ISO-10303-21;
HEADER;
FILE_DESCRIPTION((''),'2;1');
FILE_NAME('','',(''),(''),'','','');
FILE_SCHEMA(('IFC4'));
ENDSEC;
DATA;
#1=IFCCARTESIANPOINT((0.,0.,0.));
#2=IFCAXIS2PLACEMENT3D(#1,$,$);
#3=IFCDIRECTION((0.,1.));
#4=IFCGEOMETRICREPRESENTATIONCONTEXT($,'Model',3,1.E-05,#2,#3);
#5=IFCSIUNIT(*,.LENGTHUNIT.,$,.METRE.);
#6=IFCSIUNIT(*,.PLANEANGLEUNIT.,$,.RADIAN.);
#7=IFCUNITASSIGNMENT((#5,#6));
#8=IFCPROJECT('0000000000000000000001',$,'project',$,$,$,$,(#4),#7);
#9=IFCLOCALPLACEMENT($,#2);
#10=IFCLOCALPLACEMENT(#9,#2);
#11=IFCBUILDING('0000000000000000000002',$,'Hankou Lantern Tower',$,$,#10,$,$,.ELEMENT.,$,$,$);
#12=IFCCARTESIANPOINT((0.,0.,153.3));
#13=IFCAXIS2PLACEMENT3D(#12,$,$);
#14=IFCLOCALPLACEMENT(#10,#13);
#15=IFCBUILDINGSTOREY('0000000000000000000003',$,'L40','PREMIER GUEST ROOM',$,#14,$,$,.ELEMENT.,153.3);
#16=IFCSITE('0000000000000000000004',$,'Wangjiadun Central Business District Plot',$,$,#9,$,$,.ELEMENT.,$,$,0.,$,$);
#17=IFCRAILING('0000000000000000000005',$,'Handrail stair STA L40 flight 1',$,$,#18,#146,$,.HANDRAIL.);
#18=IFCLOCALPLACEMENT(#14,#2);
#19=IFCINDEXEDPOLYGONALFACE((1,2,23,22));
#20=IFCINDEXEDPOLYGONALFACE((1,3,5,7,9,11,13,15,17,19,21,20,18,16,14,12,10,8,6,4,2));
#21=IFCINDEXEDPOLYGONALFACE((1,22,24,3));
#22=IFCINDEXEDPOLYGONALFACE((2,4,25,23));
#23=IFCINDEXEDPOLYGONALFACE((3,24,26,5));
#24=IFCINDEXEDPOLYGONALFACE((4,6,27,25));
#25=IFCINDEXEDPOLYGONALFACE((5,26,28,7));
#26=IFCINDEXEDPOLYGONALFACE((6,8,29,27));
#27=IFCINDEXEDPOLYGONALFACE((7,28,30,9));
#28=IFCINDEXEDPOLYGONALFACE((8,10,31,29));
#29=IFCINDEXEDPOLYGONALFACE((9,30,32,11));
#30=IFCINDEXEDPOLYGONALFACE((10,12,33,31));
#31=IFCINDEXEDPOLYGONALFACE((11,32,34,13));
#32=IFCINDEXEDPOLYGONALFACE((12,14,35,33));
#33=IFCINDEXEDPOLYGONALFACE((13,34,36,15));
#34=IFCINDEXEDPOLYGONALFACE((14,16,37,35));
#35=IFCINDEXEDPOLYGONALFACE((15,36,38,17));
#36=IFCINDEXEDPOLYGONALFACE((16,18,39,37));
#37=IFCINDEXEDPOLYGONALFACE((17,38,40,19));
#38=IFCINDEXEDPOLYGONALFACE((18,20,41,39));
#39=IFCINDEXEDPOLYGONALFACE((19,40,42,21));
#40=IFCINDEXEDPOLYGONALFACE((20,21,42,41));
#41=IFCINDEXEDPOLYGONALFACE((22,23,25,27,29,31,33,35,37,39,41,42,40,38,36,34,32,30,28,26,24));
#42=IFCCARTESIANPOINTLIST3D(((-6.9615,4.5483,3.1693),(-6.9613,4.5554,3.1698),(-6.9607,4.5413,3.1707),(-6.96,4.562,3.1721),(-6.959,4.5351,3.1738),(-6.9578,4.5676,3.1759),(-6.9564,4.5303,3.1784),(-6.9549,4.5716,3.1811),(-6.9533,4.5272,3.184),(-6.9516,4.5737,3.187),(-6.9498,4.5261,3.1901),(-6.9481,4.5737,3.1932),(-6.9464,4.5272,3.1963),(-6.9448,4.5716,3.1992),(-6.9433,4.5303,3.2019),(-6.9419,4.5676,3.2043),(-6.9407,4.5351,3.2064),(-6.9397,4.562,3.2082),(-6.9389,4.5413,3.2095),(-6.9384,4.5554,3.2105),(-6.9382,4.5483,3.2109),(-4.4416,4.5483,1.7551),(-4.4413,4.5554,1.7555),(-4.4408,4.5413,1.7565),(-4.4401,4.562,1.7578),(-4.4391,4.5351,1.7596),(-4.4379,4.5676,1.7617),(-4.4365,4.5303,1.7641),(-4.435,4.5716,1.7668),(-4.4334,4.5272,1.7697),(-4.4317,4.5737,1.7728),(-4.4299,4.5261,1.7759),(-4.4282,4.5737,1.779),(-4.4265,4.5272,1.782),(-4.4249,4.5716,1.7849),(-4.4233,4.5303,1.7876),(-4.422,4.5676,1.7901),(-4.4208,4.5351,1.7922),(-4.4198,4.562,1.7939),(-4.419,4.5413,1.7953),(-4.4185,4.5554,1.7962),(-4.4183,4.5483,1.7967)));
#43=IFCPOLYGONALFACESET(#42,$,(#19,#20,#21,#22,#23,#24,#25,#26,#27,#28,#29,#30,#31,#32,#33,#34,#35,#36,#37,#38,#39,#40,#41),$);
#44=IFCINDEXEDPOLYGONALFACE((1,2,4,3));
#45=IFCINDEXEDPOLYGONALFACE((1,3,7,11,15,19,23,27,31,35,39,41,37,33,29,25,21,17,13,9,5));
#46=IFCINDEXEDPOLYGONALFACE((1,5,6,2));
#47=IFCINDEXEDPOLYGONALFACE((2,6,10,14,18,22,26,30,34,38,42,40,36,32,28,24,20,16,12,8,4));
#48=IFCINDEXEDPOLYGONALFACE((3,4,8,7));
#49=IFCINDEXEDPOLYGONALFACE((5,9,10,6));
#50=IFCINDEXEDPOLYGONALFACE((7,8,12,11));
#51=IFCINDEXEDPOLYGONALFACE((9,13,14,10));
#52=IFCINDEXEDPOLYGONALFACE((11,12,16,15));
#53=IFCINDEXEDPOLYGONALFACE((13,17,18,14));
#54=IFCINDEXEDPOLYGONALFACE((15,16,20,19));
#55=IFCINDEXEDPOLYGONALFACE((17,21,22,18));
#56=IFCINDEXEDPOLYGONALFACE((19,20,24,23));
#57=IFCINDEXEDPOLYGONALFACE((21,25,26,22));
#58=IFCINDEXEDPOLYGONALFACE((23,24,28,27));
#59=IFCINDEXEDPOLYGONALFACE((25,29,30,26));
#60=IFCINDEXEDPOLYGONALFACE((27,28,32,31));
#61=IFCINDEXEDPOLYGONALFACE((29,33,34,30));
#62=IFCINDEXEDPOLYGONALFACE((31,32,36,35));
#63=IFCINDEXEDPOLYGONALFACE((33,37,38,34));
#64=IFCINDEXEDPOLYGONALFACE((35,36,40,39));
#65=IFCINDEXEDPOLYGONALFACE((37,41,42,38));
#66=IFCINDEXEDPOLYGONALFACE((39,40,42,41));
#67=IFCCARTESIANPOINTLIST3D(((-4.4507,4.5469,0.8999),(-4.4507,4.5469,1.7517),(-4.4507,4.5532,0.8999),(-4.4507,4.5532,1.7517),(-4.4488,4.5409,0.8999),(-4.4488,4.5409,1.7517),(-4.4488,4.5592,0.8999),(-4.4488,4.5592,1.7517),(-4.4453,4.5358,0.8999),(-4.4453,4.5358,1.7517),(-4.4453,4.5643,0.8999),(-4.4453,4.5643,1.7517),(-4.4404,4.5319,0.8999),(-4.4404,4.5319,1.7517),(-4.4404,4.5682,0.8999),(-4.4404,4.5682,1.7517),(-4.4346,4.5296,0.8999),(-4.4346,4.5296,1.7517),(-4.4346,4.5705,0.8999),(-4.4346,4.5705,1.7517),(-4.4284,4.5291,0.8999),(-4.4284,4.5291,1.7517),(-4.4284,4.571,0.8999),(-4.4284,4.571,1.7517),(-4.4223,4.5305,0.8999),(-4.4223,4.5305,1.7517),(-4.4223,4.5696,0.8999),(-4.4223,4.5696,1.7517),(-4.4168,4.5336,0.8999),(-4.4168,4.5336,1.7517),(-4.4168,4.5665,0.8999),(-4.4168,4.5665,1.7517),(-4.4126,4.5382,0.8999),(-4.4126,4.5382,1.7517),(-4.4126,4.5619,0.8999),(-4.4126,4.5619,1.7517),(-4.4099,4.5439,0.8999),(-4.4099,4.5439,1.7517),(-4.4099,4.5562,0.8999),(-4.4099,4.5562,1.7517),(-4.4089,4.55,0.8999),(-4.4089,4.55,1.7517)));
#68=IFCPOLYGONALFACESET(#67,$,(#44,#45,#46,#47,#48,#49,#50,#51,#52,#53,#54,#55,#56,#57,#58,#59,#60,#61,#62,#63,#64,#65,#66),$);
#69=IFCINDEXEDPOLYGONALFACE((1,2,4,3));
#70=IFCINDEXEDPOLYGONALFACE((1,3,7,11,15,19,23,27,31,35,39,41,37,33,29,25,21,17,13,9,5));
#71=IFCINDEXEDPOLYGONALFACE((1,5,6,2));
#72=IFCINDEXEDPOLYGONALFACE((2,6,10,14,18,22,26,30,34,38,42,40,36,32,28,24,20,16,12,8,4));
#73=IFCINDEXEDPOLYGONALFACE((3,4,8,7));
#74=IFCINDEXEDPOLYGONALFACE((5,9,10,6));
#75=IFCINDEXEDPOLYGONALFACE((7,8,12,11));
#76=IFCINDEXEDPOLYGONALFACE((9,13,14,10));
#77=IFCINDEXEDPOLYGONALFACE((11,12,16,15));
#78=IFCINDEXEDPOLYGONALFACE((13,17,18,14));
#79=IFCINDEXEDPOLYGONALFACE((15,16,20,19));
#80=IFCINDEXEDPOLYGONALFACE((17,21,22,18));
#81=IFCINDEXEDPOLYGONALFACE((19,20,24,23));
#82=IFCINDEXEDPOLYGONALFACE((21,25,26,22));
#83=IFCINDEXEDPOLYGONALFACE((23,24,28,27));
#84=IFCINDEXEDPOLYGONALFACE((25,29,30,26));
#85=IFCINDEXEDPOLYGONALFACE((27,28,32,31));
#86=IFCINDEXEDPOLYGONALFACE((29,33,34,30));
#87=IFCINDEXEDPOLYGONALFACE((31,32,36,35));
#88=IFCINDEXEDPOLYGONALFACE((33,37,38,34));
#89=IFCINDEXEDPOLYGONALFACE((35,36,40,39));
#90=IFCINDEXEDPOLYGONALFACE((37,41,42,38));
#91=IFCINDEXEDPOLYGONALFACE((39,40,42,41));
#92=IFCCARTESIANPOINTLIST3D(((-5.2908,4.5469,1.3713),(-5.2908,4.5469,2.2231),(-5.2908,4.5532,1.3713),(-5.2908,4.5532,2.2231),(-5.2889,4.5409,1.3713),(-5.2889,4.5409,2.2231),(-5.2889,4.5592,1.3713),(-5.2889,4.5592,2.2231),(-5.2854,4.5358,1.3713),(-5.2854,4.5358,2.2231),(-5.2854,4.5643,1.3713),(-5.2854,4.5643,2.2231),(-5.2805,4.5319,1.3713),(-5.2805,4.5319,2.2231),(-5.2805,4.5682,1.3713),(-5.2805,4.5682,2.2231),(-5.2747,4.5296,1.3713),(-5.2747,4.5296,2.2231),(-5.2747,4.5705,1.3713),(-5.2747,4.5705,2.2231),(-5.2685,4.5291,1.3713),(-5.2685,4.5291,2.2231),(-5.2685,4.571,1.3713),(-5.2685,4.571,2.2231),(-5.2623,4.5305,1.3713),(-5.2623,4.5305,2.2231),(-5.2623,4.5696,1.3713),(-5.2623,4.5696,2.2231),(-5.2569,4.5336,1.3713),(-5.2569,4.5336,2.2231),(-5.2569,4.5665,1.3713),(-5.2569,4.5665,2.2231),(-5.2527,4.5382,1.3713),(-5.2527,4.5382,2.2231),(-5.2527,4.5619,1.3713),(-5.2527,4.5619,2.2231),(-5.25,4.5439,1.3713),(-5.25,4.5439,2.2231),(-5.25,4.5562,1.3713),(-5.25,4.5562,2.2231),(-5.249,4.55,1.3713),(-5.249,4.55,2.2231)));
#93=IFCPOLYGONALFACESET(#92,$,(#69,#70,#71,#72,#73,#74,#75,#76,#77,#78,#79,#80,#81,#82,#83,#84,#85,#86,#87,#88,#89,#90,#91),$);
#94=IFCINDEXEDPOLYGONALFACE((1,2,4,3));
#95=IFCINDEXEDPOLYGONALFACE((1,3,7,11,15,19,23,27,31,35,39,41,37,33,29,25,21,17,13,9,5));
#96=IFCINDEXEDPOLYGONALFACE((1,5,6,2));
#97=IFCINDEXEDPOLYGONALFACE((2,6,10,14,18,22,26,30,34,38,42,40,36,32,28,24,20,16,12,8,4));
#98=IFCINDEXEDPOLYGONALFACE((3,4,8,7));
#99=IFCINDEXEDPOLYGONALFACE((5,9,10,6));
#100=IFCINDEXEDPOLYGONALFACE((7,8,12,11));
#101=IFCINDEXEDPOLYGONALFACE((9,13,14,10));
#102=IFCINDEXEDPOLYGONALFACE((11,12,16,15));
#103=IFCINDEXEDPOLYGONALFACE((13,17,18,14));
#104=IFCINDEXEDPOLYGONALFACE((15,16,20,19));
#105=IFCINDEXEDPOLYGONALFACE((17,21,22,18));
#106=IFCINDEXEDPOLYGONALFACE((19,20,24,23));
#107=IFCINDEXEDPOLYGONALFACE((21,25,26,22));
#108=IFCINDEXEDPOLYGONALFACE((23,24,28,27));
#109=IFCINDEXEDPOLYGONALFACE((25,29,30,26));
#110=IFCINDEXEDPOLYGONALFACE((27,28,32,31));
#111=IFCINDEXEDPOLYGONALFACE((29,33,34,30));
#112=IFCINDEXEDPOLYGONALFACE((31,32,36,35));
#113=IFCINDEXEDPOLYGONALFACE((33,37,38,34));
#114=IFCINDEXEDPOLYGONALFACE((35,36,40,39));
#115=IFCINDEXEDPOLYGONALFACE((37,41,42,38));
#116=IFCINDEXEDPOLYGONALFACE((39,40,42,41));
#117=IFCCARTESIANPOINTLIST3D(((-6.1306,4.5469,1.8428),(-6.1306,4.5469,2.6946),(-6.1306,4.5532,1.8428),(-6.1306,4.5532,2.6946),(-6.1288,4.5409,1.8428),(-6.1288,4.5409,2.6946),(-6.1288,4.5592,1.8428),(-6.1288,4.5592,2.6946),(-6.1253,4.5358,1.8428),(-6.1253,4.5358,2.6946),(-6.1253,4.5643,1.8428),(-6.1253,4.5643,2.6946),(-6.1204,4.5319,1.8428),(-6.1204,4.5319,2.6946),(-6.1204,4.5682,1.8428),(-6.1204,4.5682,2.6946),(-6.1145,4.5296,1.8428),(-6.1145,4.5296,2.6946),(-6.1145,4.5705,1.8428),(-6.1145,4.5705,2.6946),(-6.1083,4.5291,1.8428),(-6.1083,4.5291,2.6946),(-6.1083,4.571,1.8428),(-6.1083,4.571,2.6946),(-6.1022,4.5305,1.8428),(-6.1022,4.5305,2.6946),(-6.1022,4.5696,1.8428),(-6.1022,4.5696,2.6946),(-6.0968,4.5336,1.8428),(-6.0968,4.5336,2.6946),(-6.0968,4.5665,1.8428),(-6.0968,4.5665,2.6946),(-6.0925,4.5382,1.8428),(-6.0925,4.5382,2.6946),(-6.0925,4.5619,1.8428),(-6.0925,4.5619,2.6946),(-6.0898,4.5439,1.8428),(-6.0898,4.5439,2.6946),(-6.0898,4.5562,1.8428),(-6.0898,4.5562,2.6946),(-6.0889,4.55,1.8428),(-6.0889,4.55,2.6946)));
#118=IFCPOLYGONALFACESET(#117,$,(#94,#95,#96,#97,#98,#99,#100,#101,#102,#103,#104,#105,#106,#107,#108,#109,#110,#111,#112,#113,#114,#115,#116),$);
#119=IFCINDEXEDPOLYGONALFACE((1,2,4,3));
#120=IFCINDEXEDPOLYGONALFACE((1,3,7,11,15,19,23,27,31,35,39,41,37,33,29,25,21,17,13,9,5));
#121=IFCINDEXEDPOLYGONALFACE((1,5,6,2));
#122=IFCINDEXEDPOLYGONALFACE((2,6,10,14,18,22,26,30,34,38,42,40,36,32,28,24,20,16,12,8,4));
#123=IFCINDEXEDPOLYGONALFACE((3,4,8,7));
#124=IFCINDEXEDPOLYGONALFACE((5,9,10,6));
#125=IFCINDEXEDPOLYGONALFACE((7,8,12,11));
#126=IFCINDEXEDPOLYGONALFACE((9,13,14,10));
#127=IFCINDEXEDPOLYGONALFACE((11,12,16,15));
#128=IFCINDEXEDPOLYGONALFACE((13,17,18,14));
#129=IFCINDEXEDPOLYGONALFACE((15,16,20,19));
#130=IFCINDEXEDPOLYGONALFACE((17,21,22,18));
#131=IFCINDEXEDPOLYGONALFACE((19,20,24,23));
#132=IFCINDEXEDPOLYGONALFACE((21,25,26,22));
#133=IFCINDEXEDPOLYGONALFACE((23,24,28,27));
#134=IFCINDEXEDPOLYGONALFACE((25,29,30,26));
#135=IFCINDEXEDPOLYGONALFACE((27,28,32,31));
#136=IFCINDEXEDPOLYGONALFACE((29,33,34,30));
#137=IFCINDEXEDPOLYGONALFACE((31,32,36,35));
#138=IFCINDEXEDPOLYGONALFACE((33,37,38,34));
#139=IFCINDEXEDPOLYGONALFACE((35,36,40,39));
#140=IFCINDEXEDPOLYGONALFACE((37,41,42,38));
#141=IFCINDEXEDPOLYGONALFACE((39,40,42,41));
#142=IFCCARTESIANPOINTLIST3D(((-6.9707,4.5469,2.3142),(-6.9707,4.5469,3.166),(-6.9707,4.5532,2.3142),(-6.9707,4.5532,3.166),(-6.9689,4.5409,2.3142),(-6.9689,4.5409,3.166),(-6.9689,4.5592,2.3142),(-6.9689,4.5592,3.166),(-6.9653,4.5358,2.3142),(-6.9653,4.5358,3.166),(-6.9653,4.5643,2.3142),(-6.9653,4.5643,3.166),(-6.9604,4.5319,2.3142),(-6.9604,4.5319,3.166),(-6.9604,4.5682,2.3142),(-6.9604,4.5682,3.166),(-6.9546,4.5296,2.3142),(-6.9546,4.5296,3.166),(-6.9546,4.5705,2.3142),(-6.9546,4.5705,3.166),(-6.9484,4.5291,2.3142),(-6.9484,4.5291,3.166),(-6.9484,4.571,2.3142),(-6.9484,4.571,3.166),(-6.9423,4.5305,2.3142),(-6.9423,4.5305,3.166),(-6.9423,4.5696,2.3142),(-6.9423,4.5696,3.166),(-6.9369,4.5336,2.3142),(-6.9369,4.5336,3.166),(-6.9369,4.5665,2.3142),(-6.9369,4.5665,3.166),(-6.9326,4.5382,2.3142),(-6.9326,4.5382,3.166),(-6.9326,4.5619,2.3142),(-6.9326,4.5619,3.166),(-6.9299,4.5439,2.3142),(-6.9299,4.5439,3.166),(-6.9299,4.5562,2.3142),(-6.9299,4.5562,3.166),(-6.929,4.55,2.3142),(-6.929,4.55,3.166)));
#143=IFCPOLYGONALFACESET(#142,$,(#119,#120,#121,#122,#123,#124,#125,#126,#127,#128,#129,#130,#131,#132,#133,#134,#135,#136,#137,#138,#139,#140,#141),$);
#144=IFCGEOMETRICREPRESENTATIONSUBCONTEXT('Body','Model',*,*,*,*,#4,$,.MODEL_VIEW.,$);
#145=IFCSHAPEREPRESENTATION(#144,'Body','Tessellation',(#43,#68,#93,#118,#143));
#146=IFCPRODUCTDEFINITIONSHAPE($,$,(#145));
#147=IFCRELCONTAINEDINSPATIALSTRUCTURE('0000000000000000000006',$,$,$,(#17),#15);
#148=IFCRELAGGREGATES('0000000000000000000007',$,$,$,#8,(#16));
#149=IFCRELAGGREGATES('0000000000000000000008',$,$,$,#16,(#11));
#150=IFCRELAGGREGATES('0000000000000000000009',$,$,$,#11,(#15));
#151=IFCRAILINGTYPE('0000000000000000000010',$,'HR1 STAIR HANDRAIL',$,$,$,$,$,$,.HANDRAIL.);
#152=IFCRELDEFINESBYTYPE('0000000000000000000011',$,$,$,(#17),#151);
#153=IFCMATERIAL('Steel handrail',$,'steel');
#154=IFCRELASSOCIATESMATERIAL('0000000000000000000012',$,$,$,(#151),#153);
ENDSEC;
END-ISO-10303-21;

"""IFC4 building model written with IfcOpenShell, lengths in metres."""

from ifc_helpers import new_model, si_unit, direction, frame, origin, origin_2d, place, context, subcontext, project, spatial, circle, extrude, material, type_object, element, save


model = new_model("IFC4")

# Units and contexts
model_context = context("Model", 3, precision=1e-05, world=origin(), true_north=direction((0.0, 1.0)))
body_context = subcontext(model_context, "Body", "Model", "MODEL_VIEW")
ifc_project = project(units=[si_unit("LENGTHUNIT", "METRE"), si_unit("PLANEANGLEUNIT", "RADIAN")], contexts=[model_context])

# Site, building, storey
site_placement = place(None, origin())
site = spatial("IfcSite", under=ifc_project, at=site_placement, Name="Wangjiadun Central Business District Plot", CompositionType="ELEMENT", RefElevation=0.0)
building_placement = place(site_placement, origin())
building = spatial("IfcBuilding", under=site, at=building_placement, Name="Hankou Lantern Tower", CompositionType="ELEMENT")
storey_placement = place(building_placement, frame((0.0, 0.0, 153.3)))
storey = spatial("IfcBuildingStorey", under=building, at=storey_placement, Name="L40", Description="PREMIER GUEST ROOM", CompositionType="ELEMENT", Elevation=153.3)

# Railing
ifc_material_1 = material(Name="Steel handrail", Category="steel")
railing_type = type_object("IfcRailingType", Name="HR1 STAIR HANDRAIL", PredefinedType="HANDRAIL", material=ifc_material_1)
railing_1_placement = place(storey_placement, frame((-4.4299, 4.55, 0.8999)))
element("IfcRailing", 1, at=railing_1_placement, inside=storey, type_object=railing_type, Name="Handrail stair STA L40 flight 1", PredefinedType="HANDRAIL", context=body_context, shape_type="SweptSolid", body=[
    extrude(circle(Radius=0.0239, at=origin_2d()), frame((0.0, 0.0, 0.876), z_axis=(-0.872049, 0.0, 0.489419), x_axis=(0.0, -1.0, 0.0)), (0.0, 0.0, 1.0), 2.8896),
    extrude(circle(Radius=0.021, at=origin_2d()), origin(), (0.0, 0.0, 1.0), 0.8518),
    extrude(circle(Radius=0.021, at=origin_2d()), frame((-0.8401, 0.0, 0.4714)), (0.0, 0.0, 1.0), 0.8518),
    extrude(circle(Radius=0.021, at=origin_2d()), frame((-1.6799, 0.0, 0.9429)), (0.0, 0.0, 1.0), 0.8518),
    extrude(circle(Radius=0.021, at=origin_2d()), frame((-2.52, 0.0, 1.4143)), (0.0, 0.0, 1.0), 0.8518),
])

save(model, "model.ifc")
